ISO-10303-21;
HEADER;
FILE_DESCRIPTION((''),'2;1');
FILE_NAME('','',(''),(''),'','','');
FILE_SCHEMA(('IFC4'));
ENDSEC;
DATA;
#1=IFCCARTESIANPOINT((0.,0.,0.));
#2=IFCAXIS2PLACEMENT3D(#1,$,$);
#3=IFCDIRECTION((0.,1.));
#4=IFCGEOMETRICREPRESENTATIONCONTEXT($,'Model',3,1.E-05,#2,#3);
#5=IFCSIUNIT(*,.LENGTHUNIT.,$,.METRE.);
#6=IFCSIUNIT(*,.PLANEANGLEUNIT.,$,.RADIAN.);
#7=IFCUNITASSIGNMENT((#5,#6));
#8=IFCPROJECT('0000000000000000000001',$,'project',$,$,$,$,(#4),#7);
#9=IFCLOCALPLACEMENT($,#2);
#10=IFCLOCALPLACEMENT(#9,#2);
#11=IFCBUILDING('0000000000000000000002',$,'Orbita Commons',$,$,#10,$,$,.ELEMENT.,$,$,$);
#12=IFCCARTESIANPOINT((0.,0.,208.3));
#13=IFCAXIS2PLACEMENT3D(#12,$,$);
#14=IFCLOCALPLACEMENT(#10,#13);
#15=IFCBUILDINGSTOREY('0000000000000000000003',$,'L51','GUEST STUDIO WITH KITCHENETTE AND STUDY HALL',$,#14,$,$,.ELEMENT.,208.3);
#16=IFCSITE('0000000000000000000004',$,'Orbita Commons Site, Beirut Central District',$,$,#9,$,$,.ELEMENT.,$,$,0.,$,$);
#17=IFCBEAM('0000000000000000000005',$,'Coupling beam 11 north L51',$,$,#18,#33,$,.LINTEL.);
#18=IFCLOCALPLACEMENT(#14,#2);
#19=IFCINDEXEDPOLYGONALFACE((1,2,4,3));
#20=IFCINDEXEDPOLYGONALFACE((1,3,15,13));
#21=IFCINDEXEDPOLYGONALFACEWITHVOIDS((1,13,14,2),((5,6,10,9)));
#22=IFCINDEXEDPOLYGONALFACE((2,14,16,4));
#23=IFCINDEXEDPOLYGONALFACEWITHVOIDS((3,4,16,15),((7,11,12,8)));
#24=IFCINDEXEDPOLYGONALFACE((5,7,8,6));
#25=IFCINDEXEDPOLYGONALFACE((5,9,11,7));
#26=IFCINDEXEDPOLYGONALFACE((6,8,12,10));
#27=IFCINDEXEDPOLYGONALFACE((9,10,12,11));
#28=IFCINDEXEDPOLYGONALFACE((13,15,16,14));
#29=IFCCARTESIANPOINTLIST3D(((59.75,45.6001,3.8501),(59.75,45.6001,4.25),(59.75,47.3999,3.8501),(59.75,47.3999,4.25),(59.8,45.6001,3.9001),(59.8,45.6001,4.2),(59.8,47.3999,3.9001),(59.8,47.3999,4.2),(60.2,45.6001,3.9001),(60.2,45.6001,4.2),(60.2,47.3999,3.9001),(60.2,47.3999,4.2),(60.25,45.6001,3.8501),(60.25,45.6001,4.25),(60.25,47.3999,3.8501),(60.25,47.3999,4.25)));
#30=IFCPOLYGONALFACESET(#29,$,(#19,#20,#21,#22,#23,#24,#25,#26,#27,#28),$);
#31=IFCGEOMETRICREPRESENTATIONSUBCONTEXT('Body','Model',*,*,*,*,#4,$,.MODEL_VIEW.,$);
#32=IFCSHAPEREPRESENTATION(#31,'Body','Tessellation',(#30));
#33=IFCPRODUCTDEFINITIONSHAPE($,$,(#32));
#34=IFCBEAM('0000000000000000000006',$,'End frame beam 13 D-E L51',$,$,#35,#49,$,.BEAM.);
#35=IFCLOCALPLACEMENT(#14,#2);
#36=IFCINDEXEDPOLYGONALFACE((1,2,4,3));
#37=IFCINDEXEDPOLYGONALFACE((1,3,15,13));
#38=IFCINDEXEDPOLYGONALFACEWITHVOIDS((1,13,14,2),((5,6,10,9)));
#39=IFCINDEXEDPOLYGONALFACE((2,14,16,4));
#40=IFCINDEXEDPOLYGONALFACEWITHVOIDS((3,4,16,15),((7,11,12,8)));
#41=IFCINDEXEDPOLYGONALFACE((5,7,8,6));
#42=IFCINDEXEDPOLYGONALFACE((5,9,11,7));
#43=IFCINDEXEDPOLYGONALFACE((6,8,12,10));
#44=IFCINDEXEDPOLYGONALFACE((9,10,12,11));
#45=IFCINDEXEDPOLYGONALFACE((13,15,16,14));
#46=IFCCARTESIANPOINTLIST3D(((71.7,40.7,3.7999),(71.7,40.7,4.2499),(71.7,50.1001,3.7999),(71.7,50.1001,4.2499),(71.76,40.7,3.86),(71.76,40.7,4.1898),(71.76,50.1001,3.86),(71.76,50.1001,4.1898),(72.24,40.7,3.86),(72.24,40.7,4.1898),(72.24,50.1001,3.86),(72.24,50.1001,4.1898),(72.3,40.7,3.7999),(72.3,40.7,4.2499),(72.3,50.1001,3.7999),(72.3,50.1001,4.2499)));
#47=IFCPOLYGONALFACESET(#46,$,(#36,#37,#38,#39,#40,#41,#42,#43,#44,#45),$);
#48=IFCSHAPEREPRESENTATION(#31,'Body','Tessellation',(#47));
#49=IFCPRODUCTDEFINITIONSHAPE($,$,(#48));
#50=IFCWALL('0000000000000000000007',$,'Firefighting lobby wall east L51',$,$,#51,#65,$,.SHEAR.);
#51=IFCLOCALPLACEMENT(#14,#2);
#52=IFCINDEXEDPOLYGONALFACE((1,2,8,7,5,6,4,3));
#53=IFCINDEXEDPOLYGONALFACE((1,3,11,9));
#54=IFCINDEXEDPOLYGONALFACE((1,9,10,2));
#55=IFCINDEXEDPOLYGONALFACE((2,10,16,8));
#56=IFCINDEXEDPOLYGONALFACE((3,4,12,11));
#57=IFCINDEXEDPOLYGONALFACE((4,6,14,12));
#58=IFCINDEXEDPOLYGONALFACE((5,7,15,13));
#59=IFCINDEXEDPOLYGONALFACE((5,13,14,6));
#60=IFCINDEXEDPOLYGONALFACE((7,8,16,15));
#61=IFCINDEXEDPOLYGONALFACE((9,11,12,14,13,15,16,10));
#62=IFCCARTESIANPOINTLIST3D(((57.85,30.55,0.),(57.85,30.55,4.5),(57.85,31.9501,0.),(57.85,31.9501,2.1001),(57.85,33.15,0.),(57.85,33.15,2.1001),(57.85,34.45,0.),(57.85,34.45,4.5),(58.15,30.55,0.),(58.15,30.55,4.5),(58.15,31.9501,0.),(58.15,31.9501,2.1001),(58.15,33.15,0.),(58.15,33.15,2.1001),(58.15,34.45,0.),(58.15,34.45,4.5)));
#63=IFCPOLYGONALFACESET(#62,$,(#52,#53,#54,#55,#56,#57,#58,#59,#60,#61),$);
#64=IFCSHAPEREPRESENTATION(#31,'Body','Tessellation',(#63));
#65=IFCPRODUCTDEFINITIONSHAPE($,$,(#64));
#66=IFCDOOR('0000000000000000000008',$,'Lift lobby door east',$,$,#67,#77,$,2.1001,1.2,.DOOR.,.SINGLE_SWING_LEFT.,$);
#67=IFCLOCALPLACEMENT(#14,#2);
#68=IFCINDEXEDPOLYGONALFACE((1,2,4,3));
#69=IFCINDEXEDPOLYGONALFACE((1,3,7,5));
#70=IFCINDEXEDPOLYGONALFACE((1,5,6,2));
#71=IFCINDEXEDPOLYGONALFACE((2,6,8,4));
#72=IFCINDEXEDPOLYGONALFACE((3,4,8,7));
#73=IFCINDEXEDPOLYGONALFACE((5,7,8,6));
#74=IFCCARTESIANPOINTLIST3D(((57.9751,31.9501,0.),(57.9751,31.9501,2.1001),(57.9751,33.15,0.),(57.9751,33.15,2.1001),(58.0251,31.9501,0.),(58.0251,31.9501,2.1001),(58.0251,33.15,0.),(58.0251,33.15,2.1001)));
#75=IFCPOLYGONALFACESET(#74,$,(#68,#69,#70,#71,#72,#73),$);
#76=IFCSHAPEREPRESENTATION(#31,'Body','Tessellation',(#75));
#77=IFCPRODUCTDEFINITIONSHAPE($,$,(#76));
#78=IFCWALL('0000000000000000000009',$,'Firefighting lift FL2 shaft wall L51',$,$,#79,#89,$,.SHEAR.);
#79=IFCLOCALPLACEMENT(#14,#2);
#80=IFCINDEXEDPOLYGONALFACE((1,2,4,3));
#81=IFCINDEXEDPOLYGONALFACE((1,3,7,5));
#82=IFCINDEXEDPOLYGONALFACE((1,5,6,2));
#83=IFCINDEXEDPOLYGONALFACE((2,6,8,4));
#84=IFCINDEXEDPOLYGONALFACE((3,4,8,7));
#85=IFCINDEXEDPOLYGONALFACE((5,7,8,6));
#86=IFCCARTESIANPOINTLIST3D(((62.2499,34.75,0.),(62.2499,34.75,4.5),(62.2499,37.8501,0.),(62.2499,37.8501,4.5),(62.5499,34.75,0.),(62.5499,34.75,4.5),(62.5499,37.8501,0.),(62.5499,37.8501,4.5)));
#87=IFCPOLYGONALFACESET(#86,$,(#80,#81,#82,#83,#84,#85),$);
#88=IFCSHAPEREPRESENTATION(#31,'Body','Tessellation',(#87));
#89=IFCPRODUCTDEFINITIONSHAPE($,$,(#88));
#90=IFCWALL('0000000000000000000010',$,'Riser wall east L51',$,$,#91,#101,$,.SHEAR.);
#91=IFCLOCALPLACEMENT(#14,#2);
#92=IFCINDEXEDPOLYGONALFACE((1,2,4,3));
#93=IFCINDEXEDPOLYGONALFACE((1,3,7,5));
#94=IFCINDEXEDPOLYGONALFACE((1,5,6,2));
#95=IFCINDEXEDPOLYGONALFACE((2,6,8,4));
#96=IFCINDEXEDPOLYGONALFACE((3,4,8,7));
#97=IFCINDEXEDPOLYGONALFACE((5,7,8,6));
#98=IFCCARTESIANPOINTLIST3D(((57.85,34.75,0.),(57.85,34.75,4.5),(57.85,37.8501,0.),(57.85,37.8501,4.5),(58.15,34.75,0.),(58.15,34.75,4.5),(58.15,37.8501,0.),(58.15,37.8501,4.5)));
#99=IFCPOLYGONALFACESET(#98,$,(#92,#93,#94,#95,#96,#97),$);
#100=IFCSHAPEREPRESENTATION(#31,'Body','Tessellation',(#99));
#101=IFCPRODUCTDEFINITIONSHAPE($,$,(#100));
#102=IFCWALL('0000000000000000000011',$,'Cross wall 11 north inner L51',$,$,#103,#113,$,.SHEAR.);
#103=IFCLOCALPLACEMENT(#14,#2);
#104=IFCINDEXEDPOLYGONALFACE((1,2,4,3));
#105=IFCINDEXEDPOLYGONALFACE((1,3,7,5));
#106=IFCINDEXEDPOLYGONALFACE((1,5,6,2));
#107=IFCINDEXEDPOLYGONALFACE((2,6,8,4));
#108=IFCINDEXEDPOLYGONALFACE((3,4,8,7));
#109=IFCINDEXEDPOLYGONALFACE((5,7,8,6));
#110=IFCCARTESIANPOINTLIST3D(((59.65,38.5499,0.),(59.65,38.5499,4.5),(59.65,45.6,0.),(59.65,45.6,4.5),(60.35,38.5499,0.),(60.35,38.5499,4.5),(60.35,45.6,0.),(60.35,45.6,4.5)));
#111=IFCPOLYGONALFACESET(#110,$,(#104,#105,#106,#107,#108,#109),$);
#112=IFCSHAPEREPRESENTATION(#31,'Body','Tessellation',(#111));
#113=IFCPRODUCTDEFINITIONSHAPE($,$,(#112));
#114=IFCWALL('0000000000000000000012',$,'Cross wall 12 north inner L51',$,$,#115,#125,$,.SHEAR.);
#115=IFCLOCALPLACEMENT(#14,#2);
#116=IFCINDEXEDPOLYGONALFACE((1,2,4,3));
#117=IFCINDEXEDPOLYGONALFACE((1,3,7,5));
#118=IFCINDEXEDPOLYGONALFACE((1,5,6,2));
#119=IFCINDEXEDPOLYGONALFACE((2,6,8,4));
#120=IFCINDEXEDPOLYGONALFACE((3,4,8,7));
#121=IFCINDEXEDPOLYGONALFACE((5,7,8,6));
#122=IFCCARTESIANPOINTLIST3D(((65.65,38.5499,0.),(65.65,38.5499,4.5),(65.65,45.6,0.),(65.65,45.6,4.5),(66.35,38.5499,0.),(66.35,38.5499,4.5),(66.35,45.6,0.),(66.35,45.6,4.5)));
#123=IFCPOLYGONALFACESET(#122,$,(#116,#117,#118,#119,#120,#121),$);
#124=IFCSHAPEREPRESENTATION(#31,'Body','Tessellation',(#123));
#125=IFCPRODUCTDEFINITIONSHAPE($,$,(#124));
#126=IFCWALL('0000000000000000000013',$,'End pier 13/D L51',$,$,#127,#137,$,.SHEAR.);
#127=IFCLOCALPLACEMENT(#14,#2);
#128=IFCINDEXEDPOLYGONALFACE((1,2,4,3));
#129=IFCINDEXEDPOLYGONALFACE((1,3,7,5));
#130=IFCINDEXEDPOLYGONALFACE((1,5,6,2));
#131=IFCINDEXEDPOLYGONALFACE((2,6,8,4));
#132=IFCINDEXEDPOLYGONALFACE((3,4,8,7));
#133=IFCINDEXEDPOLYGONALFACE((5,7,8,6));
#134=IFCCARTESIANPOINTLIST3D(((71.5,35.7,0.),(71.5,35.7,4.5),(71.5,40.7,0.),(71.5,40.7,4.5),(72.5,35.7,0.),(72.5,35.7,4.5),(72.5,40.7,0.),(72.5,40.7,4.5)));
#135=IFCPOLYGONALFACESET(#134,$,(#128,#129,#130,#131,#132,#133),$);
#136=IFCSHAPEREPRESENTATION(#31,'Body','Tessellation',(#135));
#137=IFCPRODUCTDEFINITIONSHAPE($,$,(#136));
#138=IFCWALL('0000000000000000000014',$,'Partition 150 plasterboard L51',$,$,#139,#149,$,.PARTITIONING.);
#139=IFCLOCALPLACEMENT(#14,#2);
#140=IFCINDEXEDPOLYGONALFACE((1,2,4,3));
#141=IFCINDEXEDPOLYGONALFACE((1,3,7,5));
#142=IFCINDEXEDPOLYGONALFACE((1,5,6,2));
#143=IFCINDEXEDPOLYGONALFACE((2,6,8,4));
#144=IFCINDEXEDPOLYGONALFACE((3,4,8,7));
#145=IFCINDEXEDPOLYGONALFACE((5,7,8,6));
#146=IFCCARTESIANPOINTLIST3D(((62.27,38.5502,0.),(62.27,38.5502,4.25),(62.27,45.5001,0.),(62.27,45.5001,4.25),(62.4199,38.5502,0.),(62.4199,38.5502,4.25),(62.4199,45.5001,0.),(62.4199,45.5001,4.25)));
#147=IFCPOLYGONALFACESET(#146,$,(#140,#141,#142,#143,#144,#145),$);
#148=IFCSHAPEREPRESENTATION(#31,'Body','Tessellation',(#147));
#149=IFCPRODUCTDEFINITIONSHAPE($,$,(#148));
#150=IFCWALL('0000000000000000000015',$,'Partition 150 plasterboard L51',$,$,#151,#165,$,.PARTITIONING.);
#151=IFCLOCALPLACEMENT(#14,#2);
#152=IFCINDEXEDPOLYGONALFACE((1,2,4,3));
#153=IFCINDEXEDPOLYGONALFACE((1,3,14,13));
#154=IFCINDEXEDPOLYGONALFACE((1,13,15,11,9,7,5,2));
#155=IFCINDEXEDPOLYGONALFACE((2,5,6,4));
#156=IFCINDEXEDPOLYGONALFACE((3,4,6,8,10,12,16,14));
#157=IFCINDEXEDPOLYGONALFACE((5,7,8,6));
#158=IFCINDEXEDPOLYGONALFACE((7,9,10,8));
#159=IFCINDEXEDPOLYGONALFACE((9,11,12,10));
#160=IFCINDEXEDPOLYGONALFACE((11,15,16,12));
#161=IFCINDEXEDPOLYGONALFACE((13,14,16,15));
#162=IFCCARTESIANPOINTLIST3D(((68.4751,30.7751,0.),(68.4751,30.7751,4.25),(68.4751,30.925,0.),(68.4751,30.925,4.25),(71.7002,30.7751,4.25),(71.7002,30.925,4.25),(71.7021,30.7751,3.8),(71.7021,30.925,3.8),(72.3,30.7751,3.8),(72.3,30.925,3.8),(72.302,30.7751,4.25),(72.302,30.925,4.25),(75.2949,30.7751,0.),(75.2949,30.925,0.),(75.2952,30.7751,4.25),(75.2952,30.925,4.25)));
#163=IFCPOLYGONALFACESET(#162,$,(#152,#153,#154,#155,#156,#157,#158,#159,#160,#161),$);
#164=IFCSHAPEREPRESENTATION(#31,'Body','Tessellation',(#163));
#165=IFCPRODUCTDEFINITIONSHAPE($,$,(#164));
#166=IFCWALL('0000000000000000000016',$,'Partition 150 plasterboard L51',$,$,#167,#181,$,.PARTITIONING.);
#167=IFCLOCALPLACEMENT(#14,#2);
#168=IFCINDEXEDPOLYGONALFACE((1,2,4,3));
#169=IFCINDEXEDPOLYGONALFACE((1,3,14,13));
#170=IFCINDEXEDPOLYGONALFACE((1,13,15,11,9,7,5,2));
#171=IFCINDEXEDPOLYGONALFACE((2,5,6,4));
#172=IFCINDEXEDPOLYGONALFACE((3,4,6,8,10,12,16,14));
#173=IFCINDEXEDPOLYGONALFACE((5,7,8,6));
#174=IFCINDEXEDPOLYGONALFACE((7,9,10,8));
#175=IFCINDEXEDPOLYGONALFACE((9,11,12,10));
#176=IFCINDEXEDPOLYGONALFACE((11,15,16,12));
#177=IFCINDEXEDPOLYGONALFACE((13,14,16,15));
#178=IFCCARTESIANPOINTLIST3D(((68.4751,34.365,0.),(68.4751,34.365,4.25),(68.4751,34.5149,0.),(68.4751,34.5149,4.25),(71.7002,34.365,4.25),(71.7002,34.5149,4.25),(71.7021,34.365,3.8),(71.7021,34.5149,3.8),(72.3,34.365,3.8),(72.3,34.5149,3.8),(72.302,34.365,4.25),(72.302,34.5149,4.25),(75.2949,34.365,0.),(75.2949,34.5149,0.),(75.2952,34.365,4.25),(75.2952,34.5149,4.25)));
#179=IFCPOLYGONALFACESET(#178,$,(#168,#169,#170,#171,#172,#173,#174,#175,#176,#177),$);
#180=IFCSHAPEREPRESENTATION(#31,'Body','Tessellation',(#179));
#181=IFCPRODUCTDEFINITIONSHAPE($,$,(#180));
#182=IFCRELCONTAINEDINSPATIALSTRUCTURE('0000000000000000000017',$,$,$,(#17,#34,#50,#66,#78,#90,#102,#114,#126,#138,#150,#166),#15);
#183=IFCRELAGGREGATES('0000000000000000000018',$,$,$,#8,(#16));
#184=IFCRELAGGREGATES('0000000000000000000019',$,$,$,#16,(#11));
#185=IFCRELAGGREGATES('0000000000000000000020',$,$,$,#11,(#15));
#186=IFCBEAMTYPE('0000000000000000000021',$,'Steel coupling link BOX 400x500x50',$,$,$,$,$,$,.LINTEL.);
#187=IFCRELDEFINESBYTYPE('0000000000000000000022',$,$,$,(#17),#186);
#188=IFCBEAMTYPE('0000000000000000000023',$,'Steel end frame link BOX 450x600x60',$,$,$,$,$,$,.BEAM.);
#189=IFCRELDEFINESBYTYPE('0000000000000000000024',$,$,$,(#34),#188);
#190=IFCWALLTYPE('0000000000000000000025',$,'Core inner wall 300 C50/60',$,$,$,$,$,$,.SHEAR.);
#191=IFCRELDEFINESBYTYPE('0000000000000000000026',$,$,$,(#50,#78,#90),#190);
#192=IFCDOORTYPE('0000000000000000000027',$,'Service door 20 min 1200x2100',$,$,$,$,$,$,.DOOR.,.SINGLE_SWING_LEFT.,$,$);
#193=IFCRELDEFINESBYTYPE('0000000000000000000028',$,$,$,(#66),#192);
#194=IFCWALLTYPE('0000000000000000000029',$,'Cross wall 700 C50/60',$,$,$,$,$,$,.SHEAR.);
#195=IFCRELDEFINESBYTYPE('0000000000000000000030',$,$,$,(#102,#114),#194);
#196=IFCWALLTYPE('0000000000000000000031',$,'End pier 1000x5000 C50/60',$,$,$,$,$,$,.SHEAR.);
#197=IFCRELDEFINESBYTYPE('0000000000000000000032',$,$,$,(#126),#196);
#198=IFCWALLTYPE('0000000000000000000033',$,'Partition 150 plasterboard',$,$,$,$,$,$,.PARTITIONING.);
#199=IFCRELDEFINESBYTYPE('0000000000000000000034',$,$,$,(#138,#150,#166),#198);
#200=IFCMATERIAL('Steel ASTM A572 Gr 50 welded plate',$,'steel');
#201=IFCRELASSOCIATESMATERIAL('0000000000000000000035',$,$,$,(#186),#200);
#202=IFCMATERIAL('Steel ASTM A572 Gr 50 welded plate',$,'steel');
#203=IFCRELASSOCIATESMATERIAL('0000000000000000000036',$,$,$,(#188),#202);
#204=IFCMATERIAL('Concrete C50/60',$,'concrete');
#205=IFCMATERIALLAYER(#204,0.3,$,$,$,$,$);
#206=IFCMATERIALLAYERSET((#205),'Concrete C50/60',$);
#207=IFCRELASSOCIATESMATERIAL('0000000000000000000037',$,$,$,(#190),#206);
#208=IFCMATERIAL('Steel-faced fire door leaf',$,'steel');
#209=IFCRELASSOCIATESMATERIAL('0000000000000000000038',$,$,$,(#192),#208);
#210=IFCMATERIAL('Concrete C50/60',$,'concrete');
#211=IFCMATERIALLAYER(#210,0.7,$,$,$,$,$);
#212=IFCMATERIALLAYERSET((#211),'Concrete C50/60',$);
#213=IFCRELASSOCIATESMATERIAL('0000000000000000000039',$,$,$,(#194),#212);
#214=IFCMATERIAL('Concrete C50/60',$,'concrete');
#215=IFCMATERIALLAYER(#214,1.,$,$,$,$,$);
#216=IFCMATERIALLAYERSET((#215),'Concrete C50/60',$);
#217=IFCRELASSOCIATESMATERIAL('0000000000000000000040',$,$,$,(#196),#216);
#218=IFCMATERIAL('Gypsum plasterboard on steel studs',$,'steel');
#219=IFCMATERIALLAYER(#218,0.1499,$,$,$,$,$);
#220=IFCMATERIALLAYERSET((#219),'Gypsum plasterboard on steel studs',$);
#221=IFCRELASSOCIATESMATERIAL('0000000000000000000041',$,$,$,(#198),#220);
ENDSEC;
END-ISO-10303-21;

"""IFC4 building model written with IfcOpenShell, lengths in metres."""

from ifc_helpers import new_model, si_unit, direction, frame, frame_2d, origin, origin_2d, place, context, subcontext, project, spatial, polyline, rectangle, hollow_rectangle, outline, extrude, material, layer, layer_set, material_profile, profile_set, type_object, element, fill, save


model = new_model("IFC4")

# Units and contexts
model_context = context("Model", 3, precision=1e-05, world=origin(), true_north=direction((0.0, 1.0)))
body_context = subcontext(model_context, "Body", "Model", "MODEL_VIEW")
ifc_project = project(units=[si_unit("LENGTHUNIT", "METRE"), si_unit("PLANEANGLEUNIT", "RADIAN")], contexts=[model_context])

# Site, building, storey
site_placement = place(None, origin())
site = spatial("IfcSite", under=ifc_project, at=site_placement, Name="Orbita Commons Site, Beirut Central District", CompositionType="ELEMENT", RefElevation=0.0)
building_placement = place(site_placement, origin())
building = spatial("IfcBuilding", under=site, at=building_placement, Name="Orbita Commons", CompositionType="ELEMENT")
storey_placement = place(building_placement, frame((0.0, 0.0, 208.3)))
storey = spatial("IfcBuildingStorey", under=building, at=storey_placement, Name="L51", Description="GUEST STUDIO WITH KITCHENETTE AND STUDY HALL", CompositionType="ELEMENT", Elevation=208.3)

# Beams
ifc_material_1 = material(Name="Steel ASTM A572 Gr 50 welded plate", Category="steel")
ifc_material_profile_1 = material_profile(ifc_material_1, hollow_rectangle(XDim=0.5, YDim=0.3999, WallThickness=0.05, at=origin_2d()), Name="BOX 400x500x50")
ifc_profile_set_1 = profile_set([ifc_material_profile_1], Name="Steel ASTM A572 Gr 50 welded plate")
beam_type_1 = type_object("IfcBeamType", Name="Steel coupling link BOX 400x500x50", PredefinedType="LINTEL", material=ifc_profile_set_1)
beam_1_placement = place(storey_placement, frame((60.0, 45.6001, 4.05), z_axis=(0.0, 1.0, 0.0), x_axis=(-1.0, 0.0, 0.0)))
element("IfcBeam", 1, at=beam_1_placement, inside=storey, type_object=beam_type_1, Name="Coupling beam 11 north L51", PredefinedType="LINTEL", context=body_context, shape_type="SweptSolid", body=[
    extrude(hollow_rectangle(XDim=0.5, YDim=0.3999, WallThickness=0.05, at=origin_2d()), origin(), (0.0, 0.0, 1.0), 1.7998),
])
ifc_material_2 = material(Name="Steel ASTM A572 Gr 50 welded plate", Category="steel")
ifc_material_profile_2 = material_profile(ifc_material_2, hollow_rectangle(XDim=0.6001, YDim=0.45, WallThickness=0.0601, at=origin_2d()), Name="BOX 450x600x60")
ifc_profile_set_2 = profile_set([ifc_material_profile_2], Name="Steel ASTM A572 Gr 50 welded plate")
beam_type_2 = type_object("IfcBeamType", Name="Steel end frame link BOX 450x600x60", PredefinedType="BEAM", material=ifc_profile_set_2)
beam_2_placement = place(storey_placement, frame((72.0, 40.7, 4.0249), z_axis=(0.0, 1.0, 0.0), x_axis=(-1.0, 0.0, 0.0)))
element("IfcBeam", 2, at=beam_2_placement, inside=storey, type_object=beam_type_2, Name="End frame beam 13 D-E L51", PredefinedType="BEAM", context=body_context, shape_type="SweptSolid", body=[
    extrude(hollow_rectangle(XDim=0.6001, YDim=0.45, WallThickness=0.0601, at=origin_2d()), origin(), (0.0, 0.0, 1.0), 9.4001),
])

# Wall, opening, door
ifc_material_3 = material(Name="Concrete C50/60", Category="concrete")
ifc_layer_1 = layer(ifc_material_3, 0.3)
ifc_layer_set_1 = layer_set([ifc_layer_1], Name="Concrete C50/60")
wall_type_1 = type_object("IfcWallType", Name="Core inner wall 300 C50/60", PredefinedType="SHEAR", material=ifc_layer_set_1)
wall_1_placement = place(storey_placement, frame((58.0, 30.55, 0.0), z_axis=(0.0, 0.0, 1.0), x_axis=(0.0, 1.0, 0.0)))
wall_1 = element("IfcWall", 3, at=wall_1_placement, inside=storey, type_object=wall_type_1, Name="Firefighting lobby wall east L51", PredefinedType="SHEAR", context=body_context, shape_type="SweptSolid", body=[
    extrude(rectangle(XDim=3.8999, YDim=0.3, at=frame_2d((1.95, 0.0))), origin(), (0.0, 0.0, 1.0), 4.5),
])
opening_1_placement = place(wall_1_placement, frame((1.3999, 0.0, 0.0)))
opening_1 = element("IfcOpeningElement", 4, at=opening_1_placement, cuts=wall_1, PredefinedType="OPENING", context=body_context, shape_type="SweptSolid", body=[
    extrude(rectangle(XDim=1.2, YDim=2.1001, at=frame_2d((0.6001, 1.05))), frame((0.0, 0.1599, 0.0), z_axis=(0.0, -1.0, 0.0), x_axis=(1.0, 0.0, 0.0)), (0.0, 0.0, 1.0), 0.3201),
])
ifc_material_4 = material(Name="Steel-faced fire door leaf", Category="steel")
door_type = type_object("IfcDoorType", Name="Service door 20 min 1200x2100", OperationType="SINGLE_SWING_LEFT", PredefinedType="DOOR", material=ifc_material_4)
door_placement = place(opening_1_placement, origin())
door = element("IfcDoor", 5, at=door_placement, inside=storey, type_object=door_type, Name="Lift lobby door east", OperationType="SINGLE_SWING_LEFT", OverallHeight=2.1001, OverallWidth=1.2, PredefinedType="DOOR", context=body_context, shape_type="SweptSolid", body=[
    extrude(rectangle(XDim=1.2, YDim=2.1001, at=frame_2d((0.6001, 1.05))), frame((0.0, 0.0249, 0.0), z_axis=(0.0, -1.0, 0.0), x_axis=(1.0, 0.0, 0.0)), (0.0, 0.0, 1.0), 0.05),
])
fill(opening_1, door)

# Walls
for number, where, z_axis, x_axis, name in (
    (6, (62.3999, 34.75, 0.0), (0.0, 0.0, 1.0), (0.0, 1.0, 0.0), "Firefighting lift FL2 shaft wall L51"),
    (7, (58.0, 34.75, 0.0), (0.0, 0.0, 1.0), (0.0, 1.0, 0.0), "Riser wall east L51"),
):
    element("IfcWall", number, at=place(storey_placement, frame(where, z_axis=z_axis, x_axis=x_axis)), inside=storey, type_object=wall_type_1, Name=name, PredefinedType="SHEAR", context=body_context, shape_type="SweptSolid", body=[
        extrude(rectangle(XDim=3.1001, YDim=0.3, at=frame_2d((1.55, 0.0))), origin(), (0.0, 0.0, 1.0), 4.5),
    ])
ifc_material_5 = material(Name="Concrete C50/60", Category="concrete")
ifc_layer_2 = layer(ifc_material_5, 0.7)
ifc_layer_set_2 = layer_set([ifc_layer_2], Name="Concrete C50/60")
wall_type_2 = type_object("IfcWallType", Name="Cross wall 700 C50/60", PredefinedType="SHEAR", material=ifc_layer_set_2)
for number, where, z_axis, x_axis, name in (
    (8, (60.0, 38.55, 0.0), (0.0, 0.0, 1.0), (0.0, 1.0, 0.0), "Cross wall 11 north inner L51"),
    (9, (66.0, 38.55, 0.0), (0.0, 0.0, 1.0), (0.0, 1.0, 0.0), "Cross wall 12 north inner L51"),
):
    element("IfcWall", number, at=place(storey_placement, frame(where, z_axis=z_axis, x_axis=x_axis)), inside=storey, type_object=wall_type_2, Name=name, PredefinedType="SHEAR", context=body_context, shape_type="SweptSolid", body=[
        extrude(rectangle(XDim=7.05, YDim=0.7, at=frame_2d((3.5249, 0.0))), origin(), (0.0, 0.0, 1.0), 4.5),
    ])
ifc_material_6 = material(Name="Concrete C50/60", Category="concrete")
ifc_layer_3 = layer(ifc_material_6, 1.0)
ifc_layer_set_3 = layer_set([ifc_layer_3], Name="Concrete C50/60")
wall_type_3 = type_object("IfcWallType", Name="End pier 1000x5000 C50/60", PredefinedType="SHEAR", material=ifc_layer_set_3)
wall_2_placement = place(storey_placement, frame((72.0, 35.7, 0.0), z_axis=(0.0, 0.0, 1.0), x_axis=(0.0, 1.0, 0.0)))
element("IfcWall", 10, at=wall_2_placement, inside=storey, type_object=wall_type_3, Name="End pier 13/D L51", PredefinedType="SHEAR", context=body_context, shape_type="SweptSolid", body=[
    extrude(rectangle(XDim=5.0, YDim=1.0, at=frame_2d((2.5, 0.0))), origin(), (0.0, 0.0, 1.0), 4.5),
])
ifc_material_7 = material(Name="Gypsum plasterboard on steel studs", Category="steel")
ifc_layer_4 = layer(ifc_material_7, 0.1499)
ifc_layer_set_4 = layer_set([ifc_layer_4], Name="Gypsum plasterboard on steel studs")
wall_type_4 = type_object("IfcWallType", Name="Partition 150 plasterboard", PredefinedType="PARTITIONING", material=ifc_layer_set_4)
wall_3_placement = place(storey_placement, frame((62.345, 38.55, 0.0), z_axis=(0.0, 0.0, 1.0), x_axis=(0.0, 1.0, 0.0)))
element("IfcWall", 11, at=wall_3_placement, inside=storey, type_object=wall_type_4, Name="Partition 150 plasterboard L51", PredefinedType="PARTITIONING", context=body_context, shape_type="SweptSolid", body=[
    extrude(rectangle(XDim=6.95, YDim=0.1499, at=frame_2d((3.4751, 0.0))), origin(), (0.0, 0.0, 1.0), 4.25),
])
for number, where, z_axis, x_axis, name in (
    (12, (68.4751, 30.8501, 0.0), (0.0, 0.0, 1.0), (1.0, 0.0, 0.0), "Partition 150 plasterboard L51"),
    (13, (68.4751, 34.4399, 0.0), (0.0, 0.0, 1.0), (1.0, 0.0, 0.0), "Partition 150 plasterboard L51"),
):
    element("IfcWall", number, at=place(storey_placement, frame(where, z_axis=z_axis, x_axis=x_axis)), inside=storey, type_object=wall_type_4, Name=name, PredefinedType="PARTITIONING", context=body_context, shape_type="SweptSolid", body=[
        extrude(outline(polyline([(0.0, 0.0), (6.8198, 0.0), (6.8201, 4.25), (3.8269, 4.25), (3.825, 3.8), (3.2271, 3.8), (3.2251, 4.25), (0.0, 4.25), (0.0, 0.0)])), frame((0.0, 0.075, 0.0), z_axis=(0.0, -1.0, 0.0), x_axis=(1.0, 0.0, 0.0)), (0.0, 0.0, 1.0), 0.1499),
    ])

save(model, "model.ifc")
